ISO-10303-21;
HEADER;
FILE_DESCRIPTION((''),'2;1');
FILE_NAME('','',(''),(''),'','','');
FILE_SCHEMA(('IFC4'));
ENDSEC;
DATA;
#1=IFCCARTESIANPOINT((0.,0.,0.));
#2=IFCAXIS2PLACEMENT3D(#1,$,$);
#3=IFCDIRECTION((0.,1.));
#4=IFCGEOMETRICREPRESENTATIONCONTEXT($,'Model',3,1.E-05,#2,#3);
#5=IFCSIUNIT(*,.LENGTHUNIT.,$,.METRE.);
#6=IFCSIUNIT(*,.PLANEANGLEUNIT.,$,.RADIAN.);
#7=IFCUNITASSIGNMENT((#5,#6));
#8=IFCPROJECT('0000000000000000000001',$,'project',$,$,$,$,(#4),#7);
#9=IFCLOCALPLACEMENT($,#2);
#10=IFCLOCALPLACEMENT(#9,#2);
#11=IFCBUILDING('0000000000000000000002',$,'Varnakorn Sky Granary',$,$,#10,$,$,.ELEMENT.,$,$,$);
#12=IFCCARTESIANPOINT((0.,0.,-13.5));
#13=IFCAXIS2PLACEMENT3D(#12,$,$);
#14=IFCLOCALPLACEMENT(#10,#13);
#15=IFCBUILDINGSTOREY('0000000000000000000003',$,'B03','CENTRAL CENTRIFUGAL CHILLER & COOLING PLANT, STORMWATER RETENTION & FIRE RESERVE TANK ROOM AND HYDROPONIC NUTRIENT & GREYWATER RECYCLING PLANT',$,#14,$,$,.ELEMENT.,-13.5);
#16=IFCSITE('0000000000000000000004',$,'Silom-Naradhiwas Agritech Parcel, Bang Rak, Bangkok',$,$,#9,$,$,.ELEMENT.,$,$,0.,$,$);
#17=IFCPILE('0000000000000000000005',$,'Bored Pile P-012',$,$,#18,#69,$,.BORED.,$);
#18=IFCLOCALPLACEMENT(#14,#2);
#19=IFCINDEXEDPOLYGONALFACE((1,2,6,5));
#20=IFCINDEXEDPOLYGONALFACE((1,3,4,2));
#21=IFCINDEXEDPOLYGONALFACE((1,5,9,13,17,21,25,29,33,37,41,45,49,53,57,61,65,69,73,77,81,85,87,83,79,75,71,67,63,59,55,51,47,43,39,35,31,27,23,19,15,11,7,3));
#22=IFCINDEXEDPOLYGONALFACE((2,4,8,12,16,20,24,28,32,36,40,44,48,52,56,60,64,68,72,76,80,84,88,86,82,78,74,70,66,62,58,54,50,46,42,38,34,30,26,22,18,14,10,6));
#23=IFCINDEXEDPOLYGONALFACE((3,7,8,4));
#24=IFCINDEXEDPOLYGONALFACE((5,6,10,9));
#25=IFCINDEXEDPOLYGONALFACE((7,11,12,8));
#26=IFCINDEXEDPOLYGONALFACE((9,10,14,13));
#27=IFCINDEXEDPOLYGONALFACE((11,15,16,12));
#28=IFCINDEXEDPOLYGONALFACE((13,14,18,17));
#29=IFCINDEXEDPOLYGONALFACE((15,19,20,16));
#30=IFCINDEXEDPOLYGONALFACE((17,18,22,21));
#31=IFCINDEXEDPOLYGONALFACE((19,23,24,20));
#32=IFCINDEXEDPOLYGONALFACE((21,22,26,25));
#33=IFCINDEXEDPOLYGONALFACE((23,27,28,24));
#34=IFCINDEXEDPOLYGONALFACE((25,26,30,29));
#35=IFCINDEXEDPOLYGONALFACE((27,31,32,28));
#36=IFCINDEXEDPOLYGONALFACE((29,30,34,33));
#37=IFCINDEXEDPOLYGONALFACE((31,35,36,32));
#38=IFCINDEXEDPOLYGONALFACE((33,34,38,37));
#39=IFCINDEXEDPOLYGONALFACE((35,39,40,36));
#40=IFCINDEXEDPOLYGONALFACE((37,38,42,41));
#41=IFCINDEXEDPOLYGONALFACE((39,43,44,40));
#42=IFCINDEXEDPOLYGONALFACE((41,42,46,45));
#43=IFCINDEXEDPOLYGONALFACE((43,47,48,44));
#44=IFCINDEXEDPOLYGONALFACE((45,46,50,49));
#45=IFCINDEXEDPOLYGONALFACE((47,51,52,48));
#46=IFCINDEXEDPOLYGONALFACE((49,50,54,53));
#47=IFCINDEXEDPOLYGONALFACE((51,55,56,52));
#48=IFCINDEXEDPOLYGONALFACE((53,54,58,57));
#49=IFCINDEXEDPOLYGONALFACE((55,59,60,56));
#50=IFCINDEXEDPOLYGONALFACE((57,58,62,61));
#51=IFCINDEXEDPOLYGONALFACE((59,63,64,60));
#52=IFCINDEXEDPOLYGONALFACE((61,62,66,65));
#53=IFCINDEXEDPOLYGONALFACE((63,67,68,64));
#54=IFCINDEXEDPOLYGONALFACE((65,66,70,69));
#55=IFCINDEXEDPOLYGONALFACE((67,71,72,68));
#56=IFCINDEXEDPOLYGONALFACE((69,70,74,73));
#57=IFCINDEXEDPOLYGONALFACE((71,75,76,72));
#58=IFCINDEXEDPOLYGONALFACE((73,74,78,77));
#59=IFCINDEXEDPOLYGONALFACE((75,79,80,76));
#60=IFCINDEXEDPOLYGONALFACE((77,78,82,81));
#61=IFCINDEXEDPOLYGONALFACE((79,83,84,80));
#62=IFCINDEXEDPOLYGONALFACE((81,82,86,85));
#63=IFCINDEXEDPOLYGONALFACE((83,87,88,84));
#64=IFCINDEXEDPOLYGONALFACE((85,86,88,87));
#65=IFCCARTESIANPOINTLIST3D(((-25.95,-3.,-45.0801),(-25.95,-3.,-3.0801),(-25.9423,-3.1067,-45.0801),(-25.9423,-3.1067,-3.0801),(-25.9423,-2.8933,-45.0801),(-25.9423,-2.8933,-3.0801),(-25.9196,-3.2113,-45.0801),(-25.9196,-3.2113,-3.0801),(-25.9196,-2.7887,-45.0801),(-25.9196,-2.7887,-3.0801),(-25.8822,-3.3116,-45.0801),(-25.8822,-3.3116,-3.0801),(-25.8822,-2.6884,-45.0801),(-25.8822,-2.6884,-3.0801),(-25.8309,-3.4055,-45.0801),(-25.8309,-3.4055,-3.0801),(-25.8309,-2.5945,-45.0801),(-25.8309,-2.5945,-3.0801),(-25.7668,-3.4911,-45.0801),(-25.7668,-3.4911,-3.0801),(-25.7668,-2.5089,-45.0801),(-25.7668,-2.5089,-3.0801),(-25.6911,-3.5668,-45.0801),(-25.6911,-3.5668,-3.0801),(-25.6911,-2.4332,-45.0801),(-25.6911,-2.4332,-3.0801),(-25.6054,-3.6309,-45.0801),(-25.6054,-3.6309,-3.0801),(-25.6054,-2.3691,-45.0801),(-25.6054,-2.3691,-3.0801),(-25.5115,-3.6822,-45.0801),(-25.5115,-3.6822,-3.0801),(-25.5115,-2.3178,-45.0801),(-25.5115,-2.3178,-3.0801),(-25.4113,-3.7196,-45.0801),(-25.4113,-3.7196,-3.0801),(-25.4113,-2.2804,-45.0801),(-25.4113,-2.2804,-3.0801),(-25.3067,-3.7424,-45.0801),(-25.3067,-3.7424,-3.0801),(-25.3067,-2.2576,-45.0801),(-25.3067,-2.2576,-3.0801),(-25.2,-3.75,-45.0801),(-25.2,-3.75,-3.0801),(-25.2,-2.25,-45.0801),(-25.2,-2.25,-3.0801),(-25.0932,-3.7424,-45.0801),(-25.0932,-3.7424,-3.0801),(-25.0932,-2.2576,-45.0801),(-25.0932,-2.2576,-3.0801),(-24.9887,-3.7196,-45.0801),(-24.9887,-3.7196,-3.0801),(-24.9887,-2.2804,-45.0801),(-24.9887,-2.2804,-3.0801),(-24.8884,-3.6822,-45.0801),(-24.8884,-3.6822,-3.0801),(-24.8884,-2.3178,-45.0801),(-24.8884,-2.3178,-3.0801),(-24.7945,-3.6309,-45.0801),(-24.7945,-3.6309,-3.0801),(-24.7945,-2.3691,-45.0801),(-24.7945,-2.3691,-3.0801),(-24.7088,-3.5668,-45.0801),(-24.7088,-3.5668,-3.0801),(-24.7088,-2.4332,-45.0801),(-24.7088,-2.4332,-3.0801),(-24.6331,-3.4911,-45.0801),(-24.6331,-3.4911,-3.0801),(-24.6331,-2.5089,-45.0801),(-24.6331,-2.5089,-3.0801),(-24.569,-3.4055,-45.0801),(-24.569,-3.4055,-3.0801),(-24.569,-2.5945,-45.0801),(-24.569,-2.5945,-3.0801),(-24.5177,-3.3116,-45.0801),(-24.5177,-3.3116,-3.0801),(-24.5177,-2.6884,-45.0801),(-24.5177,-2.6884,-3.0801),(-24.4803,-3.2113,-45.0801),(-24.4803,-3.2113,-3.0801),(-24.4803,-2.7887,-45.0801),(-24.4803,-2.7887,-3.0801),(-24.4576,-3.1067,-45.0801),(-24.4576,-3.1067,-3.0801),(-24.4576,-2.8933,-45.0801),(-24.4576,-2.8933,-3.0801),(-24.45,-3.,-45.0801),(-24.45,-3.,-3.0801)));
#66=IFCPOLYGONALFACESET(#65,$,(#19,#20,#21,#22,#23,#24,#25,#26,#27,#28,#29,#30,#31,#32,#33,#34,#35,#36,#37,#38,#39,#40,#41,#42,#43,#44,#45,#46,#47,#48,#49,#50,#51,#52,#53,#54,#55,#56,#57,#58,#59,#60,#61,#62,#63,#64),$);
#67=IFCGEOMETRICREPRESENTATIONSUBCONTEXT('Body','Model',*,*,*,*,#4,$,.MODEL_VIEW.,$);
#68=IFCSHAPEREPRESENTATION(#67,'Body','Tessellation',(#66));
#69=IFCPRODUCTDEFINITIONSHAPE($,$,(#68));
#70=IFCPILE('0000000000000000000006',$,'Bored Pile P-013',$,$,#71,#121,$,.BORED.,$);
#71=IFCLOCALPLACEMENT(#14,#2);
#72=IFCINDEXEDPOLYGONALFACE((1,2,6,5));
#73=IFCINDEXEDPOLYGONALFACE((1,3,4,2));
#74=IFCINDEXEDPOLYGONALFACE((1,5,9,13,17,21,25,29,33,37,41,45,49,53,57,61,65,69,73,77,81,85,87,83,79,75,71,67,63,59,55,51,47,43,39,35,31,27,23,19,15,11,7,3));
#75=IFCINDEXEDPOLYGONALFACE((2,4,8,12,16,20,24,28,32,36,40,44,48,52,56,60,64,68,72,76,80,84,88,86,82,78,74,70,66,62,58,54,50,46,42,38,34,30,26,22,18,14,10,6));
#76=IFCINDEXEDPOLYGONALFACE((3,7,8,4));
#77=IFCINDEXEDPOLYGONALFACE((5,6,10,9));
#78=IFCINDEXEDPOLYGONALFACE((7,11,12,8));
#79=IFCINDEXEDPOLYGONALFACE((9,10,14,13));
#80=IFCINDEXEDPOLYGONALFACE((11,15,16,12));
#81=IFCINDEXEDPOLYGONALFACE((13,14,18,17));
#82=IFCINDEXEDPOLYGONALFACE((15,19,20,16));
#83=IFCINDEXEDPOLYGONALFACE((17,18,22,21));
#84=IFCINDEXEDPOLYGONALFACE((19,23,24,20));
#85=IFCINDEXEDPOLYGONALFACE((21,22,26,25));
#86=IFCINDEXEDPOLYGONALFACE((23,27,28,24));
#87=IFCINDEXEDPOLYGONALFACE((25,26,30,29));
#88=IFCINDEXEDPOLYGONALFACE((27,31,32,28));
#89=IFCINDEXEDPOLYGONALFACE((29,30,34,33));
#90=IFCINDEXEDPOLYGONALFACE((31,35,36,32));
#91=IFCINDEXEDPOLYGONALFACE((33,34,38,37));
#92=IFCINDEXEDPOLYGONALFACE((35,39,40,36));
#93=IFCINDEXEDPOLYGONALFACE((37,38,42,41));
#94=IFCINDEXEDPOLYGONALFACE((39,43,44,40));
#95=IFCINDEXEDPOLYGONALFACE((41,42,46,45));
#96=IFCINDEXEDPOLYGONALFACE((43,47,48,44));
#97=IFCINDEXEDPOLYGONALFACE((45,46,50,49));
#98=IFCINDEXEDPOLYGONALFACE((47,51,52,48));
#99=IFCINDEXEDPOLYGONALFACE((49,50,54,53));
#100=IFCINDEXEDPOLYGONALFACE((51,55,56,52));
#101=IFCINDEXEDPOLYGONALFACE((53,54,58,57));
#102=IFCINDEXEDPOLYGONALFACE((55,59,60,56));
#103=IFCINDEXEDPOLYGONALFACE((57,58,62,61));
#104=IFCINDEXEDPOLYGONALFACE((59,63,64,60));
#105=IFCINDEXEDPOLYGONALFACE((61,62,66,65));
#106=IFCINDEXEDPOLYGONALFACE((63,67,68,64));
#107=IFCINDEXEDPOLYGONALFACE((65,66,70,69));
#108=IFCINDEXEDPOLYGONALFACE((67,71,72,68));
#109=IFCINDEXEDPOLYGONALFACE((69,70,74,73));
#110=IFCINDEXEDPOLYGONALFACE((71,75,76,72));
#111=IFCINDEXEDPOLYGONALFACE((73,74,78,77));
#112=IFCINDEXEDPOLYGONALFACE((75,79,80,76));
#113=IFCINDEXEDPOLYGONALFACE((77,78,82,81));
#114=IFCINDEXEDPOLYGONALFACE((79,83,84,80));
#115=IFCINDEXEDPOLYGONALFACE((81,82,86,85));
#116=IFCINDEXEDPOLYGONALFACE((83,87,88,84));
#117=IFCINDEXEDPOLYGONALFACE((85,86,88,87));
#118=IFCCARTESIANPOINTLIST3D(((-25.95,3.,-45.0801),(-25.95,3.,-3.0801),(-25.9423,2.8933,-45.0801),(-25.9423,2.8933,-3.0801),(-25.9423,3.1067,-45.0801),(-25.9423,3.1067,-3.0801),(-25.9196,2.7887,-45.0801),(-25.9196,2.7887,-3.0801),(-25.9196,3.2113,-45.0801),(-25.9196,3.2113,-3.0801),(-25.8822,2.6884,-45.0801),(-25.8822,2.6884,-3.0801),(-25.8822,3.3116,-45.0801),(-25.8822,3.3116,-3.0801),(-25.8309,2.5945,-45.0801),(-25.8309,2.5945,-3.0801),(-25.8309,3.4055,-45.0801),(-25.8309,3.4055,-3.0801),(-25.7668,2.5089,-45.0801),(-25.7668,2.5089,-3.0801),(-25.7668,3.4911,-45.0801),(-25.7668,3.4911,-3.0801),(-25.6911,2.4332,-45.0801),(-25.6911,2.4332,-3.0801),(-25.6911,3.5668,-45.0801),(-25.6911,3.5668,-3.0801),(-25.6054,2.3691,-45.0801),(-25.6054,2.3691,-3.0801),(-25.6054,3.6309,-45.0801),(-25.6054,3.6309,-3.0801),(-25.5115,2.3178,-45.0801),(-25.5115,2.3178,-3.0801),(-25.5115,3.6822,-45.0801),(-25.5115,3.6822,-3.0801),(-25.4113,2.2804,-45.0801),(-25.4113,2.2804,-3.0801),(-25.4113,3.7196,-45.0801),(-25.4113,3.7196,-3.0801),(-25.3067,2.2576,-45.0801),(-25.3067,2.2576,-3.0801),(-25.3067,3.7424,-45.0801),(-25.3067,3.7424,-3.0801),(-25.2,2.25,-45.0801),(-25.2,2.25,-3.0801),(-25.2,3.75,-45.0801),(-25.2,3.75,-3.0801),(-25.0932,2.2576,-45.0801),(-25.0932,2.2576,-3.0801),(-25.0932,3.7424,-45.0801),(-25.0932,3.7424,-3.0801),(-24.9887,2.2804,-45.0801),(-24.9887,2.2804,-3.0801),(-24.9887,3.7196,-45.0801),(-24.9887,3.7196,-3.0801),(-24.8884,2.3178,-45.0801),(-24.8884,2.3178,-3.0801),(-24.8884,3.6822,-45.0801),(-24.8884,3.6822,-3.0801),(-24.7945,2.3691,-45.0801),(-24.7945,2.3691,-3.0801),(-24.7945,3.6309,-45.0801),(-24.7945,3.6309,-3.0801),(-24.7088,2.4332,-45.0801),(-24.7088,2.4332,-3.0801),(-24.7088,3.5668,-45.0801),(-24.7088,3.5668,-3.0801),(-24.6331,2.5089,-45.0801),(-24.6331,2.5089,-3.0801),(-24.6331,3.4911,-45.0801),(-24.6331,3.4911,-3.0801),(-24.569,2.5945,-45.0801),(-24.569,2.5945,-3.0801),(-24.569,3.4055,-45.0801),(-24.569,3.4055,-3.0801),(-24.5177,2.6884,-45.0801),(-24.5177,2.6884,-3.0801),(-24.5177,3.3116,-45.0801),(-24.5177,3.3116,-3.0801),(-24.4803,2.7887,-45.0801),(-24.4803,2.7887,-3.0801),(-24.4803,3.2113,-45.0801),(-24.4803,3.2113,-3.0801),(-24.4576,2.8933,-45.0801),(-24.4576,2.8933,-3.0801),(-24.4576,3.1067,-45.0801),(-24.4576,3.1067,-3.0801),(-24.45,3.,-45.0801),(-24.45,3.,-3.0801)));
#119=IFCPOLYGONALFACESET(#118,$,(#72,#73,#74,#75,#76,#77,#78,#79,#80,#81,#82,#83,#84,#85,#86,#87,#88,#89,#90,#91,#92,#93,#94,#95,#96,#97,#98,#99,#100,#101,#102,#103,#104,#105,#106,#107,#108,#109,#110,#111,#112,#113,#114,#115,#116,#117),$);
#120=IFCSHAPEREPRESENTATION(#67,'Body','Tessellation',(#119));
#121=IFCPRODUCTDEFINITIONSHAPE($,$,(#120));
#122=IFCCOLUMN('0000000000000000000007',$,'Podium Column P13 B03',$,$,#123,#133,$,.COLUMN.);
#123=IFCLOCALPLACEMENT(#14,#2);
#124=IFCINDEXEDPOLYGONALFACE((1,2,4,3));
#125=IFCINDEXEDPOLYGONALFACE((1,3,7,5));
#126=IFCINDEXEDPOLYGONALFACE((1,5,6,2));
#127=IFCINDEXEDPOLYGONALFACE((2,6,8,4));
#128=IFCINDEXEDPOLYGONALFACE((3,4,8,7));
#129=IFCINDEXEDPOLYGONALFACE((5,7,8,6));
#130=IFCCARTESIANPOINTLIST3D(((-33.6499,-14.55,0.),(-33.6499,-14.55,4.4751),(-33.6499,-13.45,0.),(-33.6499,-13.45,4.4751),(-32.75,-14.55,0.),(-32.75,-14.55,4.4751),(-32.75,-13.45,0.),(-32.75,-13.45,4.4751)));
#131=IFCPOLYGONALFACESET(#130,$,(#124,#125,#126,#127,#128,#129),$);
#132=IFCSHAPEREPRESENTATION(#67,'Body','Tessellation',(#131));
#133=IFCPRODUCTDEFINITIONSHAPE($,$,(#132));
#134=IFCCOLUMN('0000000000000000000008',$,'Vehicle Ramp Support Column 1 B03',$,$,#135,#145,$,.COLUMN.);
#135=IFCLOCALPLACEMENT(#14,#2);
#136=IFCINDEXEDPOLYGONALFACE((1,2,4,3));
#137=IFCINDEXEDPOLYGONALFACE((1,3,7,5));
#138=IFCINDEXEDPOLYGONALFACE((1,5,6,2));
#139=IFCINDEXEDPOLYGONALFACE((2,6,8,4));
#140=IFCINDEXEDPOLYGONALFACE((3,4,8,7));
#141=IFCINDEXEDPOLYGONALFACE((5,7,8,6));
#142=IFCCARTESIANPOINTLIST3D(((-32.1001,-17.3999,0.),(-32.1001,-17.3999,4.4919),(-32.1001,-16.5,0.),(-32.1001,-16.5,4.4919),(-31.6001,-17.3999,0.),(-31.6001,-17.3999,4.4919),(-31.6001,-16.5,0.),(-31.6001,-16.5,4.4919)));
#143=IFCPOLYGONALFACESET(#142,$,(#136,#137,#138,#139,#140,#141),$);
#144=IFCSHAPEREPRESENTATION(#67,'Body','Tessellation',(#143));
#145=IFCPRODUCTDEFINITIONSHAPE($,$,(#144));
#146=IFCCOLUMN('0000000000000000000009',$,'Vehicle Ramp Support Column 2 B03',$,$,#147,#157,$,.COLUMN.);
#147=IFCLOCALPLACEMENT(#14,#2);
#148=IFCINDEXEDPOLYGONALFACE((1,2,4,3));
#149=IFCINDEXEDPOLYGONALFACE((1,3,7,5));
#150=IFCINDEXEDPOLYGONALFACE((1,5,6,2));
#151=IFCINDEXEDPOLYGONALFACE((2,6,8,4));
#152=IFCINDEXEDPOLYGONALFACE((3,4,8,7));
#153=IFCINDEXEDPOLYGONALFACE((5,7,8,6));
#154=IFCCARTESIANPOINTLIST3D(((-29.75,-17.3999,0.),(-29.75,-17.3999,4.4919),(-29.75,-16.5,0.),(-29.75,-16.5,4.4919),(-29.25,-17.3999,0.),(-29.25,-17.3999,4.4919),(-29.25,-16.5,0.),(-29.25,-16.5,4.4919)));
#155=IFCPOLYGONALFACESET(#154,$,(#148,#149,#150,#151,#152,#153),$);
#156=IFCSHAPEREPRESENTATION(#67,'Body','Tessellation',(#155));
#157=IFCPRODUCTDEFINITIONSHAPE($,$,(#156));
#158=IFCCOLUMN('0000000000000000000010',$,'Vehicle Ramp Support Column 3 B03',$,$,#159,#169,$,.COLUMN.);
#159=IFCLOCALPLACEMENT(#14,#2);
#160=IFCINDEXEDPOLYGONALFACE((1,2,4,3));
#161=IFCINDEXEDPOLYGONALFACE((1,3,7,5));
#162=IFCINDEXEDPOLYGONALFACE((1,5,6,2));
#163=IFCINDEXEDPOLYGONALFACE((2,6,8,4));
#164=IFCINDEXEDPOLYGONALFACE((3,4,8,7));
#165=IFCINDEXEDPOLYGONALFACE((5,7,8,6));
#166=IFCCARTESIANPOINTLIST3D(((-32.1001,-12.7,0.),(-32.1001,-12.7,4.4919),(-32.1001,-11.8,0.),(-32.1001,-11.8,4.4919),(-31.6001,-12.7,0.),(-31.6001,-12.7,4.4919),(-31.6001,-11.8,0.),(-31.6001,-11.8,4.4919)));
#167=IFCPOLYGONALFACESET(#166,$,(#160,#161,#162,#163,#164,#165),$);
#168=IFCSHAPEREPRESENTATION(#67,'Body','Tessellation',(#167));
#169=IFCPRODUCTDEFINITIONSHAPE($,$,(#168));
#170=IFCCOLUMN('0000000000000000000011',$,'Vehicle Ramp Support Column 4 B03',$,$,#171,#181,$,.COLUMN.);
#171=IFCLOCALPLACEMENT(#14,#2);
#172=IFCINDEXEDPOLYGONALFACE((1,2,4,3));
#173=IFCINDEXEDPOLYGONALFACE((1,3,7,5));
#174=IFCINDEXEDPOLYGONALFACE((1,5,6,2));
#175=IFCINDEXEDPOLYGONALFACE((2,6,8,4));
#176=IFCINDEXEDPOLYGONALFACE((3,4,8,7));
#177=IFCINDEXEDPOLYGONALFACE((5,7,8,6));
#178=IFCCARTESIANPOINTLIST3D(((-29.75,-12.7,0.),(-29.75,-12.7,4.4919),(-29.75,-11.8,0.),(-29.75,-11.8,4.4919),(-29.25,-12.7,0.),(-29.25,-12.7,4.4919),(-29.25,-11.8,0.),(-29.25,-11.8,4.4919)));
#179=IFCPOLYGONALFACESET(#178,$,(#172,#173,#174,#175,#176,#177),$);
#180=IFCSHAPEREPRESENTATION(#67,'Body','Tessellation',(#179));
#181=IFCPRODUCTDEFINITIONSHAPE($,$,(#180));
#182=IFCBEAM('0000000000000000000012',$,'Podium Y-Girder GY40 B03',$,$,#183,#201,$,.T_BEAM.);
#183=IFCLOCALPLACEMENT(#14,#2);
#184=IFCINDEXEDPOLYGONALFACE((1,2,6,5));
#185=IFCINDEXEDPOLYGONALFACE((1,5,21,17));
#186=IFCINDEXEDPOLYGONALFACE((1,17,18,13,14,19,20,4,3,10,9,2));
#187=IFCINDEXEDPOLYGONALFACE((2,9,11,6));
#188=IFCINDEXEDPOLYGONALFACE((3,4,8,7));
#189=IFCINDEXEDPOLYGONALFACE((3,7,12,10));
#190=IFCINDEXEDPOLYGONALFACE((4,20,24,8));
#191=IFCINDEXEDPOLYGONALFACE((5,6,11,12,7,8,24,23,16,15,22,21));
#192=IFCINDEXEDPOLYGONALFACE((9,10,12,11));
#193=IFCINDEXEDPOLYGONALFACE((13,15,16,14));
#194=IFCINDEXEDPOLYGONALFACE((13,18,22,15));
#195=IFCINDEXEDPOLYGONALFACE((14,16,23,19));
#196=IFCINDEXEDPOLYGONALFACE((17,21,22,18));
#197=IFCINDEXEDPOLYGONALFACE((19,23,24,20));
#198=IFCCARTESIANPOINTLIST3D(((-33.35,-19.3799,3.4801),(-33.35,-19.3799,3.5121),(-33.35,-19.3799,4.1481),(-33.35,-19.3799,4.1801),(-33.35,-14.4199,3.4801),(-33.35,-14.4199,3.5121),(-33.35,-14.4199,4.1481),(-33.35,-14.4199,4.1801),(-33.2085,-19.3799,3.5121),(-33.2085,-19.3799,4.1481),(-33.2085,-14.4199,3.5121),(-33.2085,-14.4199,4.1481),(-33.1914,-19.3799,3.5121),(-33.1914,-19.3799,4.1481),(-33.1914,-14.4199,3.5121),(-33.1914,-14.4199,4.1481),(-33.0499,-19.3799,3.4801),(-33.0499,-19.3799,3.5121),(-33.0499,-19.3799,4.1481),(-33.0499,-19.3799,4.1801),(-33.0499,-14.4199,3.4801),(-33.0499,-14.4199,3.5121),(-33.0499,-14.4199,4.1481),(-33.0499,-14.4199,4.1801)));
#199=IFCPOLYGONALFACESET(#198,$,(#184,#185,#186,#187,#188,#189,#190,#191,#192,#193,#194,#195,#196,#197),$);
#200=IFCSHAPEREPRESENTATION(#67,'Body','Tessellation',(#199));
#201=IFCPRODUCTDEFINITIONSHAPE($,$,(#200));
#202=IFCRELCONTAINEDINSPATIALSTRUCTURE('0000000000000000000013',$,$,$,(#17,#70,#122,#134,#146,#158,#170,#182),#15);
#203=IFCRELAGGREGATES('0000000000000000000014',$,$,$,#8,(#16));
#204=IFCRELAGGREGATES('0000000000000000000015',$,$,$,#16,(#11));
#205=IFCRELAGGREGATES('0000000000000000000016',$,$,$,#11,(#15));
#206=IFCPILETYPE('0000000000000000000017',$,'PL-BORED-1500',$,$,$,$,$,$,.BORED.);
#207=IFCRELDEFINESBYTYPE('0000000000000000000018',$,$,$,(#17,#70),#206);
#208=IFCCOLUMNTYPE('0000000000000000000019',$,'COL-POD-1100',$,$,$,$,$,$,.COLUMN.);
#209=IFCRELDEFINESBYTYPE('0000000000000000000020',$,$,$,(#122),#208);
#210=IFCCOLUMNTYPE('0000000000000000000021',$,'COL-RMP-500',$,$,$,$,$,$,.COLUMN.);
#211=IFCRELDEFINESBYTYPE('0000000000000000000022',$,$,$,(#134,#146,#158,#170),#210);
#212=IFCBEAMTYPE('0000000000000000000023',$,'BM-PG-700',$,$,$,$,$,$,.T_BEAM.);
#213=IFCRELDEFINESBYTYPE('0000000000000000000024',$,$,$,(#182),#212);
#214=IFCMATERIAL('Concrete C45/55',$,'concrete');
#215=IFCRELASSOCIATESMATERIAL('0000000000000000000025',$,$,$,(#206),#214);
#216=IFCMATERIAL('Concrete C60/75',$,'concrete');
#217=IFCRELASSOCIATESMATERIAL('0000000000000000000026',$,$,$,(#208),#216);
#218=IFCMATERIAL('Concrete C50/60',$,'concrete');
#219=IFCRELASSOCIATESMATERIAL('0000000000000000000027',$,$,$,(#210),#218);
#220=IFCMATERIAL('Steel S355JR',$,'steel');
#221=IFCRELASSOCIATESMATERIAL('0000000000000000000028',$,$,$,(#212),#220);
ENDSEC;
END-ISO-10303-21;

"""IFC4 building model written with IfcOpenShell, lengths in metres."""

from ifc_helpers import new_model, si_unit, direction, frame, origin, origin_2d, place, context, subcontext, project, spatial, rectangle, circle, i_section, extrude, material, material_profile, profile_set, type_object, element, save


model = new_model("IFC4")

# Units and contexts
model_context = context("Model", 3, precision=1e-05, world=origin(), true_north=direction((0.0, 1.0)))
body_context = subcontext(model_context, "Body", "Model", "MODEL_VIEW")
ifc_project = project(units=[si_unit("LENGTHUNIT", "METRE"), si_unit("PLANEANGLEUNIT", "RADIAN")], contexts=[model_context])

# Site, building, storey
site_placement = place(None, origin())
site = spatial("IfcSite", under=ifc_project, at=site_placement, Name="Silom-Naradhiwas Agritech Parcel, Bang Rak, Bangkok", CompositionType="ELEMENT", RefElevation=0.0)
building_placement = place(site_placement, origin())
building = spatial("IfcBuilding", under=site, at=building_placement, Name="Varnakorn Sky Granary", CompositionType="ELEMENT")
storey_placement = place(building_placement, frame((0.0, 0.0, -13.5)))
storey = spatial("IfcBuildingStorey", under=building, at=storey_placement, Name="B03", Description="CENTRAL CENTRIFUGAL CHILLER & COOLING PLANT, STORMWATER RETENTION & FIRE RESERVE TANK ROOM AND HYDROPONIC NUTRIENT & GREYWATER RECYCLING PLANT", CompositionType="ELEMENT", Elevation=-13.5)

# Shared definitions
ifc_material_1 = material(Name="Concrete C50/60", Category="concrete")

# Piles
ifc_material_2 = material(Name="Concrete C45/55", Category="concrete")
ifc_material_profile_1 = material_profile(ifc_material_2, circle(Radius=0.75, at=origin_2d()), Name="PILE D1500")
ifc_profile_set_1 = profile_set([ifc_material_profile_1], Name="Concrete C45/55")
pile_type = type_object("IfcPileType", Name="PL-BORED-1500", PredefinedType="BORED", material=ifc_profile_set_1)
for number, where, z_axis, x_axis, name in (
    (1, (-25.2, -3.0, -3.0801), (0.0, 0.0, -1.0), (1.0, 0.0, 0.0), "Bored Pile P-012"),
    (2, (-25.2, 3.0, -3.0801), (0.0, 0.0, -1.0), (1.0, 0.0, 0.0), "Bored Pile P-013"),
):
    element("IfcPile", number, at=place(storey_placement, frame(where, z_axis=z_axis, x_axis=x_axis)), inside=storey, type_object=pile_type, Name=name, PredefinedType="BORED", context=body_context, shape_type="SweptSolid", body=[
        extrude(circle(Radius=0.75, at=origin_2d()), origin(), (0.0, 0.0, 1.0), 42.0),
    ])

# Columns
ifc_material_3 = material(Name="Concrete C60/75", Category="concrete")
ifc_material_profile_2 = material_profile(ifc_material_3, rectangle(XDim=0.8999, YDim=1.1001, at=origin_2d()), Name="RC 900x1100")
ifc_profile_set_2 = profile_set([ifc_material_profile_2], Name="Concrete C60/75")
column_type_1 = type_object("IfcColumnType", Name="COL-POD-1100", PredefinedType="COLUMN", material=ifc_profile_set_2)
column_placement = place(storey_placement, frame((-33.2, -14.0, 0.0), z_axis=(0.0, 0.0, 1.0), x_axis=(1.0, 0.0, 0.0)))
element("IfcColumn", 3, at=column_placement, inside=storey, type_object=column_type_1, Name="Podium Column P13 B03", PredefinedType="COLUMN", context=body_context, shape_type="SweptSolid", body=[
    extrude(rectangle(XDim=0.8999, YDim=1.1001, at=origin_2d()), origin(), (0.0, 0.0, 1.0), 4.4751),
])
ifc_material_profile_3 = material_profile(ifc_material_1, rectangle(XDim=0.5, YDim=0.8999, at=origin_2d()), Name="RC 500x900")
ifc_profile_set_3 = profile_set([ifc_material_profile_3], Name="Concrete C50/60")
column_type_2 = type_object("IfcColumnType", Name="COL-RMP-500", PredefinedType="COLUMN", material=ifc_profile_set_3)
for number, where, z_axis, x_axis, name in (
    (4, (-31.8501, -16.95, 0.0), (0.0, 0.0, 1.0), (1.0, 0.0, 0.0), "Vehicle Ramp Support Column 1 B03"),
    (5, (-29.5, -16.95, 0.0), (0.0, 0.0, 1.0), (1.0, 0.0, 0.0), "Vehicle Ramp Support Column 2 B03"),
    (6, (-31.8501, -12.25, 0.0), (0.0, 0.0, 1.0), (1.0, 0.0, 0.0), "Vehicle Ramp Support Column 3 B03"),
    (7, (-29.5, -12.25, 0.0), (0.0, 0.0, 1.0), (1.0, 0.0, 0.0), "Vehicle Ramp Support Column 4 B03"),
):
    element("IfcColumn", number, at=place(storey_placement, frame(where, z_axis=z_axis, x_axis=x_axis)), inside=storey, type_object=column_type_2, Name=name, PredefinedType="COLUMN", context=body_context, shape_type="SweptSolid", body=[
        extrude(rectangle(XDim=0.5, YDim=0.8999, at=origin_2d()), origin(), (0.0, 0.0, 1.0), 4.4919),
    ])

# Beam
ifc_material_4 = material(Name="Steel S355JR", Category="steel")
ifc_material_profile_4 = material_profile(ifc_material_4, i_section(OverallWidth=0.3, OverallDepth=0.7, WebThickness=0.0171, FlangeThickness=0.032, at=origin_2d()), Name="HE 700 B")
ifc_profile_set_4 = profile_set([ifc_material_profile_4], Name="Steel S355JR")
beam_type = type_object("IfcBeamType", Name="BM-PG-700", PredefinedType="T_BEAM", material=ifc_profile_set_4)
beam_1_placement = place(storey_placement, frame((-33.2, -19.3799, 3.8301), z_axis=(0.0, 1.0, 0.0), x_axis=(-1.0, 0.0, 0.0)))
element("IfcBeam", 8, at=beam_1_placement, inside=storey, type_object=beam_type, Name="Podium Y-Girder GY40 B03", PredefinedType="T_BEAM", context=body_context, shape_type="SweptSolid", body=[
    extrude(i_section(OverallWidth=0.3, OverallDepth=0.7, WebThickness=0.0171, FlangeThickness=0.032, at=origin_2d()), origin(), (0.0, 0.0, 1.0), 4.96),
])

save(model, "model.ifc")
